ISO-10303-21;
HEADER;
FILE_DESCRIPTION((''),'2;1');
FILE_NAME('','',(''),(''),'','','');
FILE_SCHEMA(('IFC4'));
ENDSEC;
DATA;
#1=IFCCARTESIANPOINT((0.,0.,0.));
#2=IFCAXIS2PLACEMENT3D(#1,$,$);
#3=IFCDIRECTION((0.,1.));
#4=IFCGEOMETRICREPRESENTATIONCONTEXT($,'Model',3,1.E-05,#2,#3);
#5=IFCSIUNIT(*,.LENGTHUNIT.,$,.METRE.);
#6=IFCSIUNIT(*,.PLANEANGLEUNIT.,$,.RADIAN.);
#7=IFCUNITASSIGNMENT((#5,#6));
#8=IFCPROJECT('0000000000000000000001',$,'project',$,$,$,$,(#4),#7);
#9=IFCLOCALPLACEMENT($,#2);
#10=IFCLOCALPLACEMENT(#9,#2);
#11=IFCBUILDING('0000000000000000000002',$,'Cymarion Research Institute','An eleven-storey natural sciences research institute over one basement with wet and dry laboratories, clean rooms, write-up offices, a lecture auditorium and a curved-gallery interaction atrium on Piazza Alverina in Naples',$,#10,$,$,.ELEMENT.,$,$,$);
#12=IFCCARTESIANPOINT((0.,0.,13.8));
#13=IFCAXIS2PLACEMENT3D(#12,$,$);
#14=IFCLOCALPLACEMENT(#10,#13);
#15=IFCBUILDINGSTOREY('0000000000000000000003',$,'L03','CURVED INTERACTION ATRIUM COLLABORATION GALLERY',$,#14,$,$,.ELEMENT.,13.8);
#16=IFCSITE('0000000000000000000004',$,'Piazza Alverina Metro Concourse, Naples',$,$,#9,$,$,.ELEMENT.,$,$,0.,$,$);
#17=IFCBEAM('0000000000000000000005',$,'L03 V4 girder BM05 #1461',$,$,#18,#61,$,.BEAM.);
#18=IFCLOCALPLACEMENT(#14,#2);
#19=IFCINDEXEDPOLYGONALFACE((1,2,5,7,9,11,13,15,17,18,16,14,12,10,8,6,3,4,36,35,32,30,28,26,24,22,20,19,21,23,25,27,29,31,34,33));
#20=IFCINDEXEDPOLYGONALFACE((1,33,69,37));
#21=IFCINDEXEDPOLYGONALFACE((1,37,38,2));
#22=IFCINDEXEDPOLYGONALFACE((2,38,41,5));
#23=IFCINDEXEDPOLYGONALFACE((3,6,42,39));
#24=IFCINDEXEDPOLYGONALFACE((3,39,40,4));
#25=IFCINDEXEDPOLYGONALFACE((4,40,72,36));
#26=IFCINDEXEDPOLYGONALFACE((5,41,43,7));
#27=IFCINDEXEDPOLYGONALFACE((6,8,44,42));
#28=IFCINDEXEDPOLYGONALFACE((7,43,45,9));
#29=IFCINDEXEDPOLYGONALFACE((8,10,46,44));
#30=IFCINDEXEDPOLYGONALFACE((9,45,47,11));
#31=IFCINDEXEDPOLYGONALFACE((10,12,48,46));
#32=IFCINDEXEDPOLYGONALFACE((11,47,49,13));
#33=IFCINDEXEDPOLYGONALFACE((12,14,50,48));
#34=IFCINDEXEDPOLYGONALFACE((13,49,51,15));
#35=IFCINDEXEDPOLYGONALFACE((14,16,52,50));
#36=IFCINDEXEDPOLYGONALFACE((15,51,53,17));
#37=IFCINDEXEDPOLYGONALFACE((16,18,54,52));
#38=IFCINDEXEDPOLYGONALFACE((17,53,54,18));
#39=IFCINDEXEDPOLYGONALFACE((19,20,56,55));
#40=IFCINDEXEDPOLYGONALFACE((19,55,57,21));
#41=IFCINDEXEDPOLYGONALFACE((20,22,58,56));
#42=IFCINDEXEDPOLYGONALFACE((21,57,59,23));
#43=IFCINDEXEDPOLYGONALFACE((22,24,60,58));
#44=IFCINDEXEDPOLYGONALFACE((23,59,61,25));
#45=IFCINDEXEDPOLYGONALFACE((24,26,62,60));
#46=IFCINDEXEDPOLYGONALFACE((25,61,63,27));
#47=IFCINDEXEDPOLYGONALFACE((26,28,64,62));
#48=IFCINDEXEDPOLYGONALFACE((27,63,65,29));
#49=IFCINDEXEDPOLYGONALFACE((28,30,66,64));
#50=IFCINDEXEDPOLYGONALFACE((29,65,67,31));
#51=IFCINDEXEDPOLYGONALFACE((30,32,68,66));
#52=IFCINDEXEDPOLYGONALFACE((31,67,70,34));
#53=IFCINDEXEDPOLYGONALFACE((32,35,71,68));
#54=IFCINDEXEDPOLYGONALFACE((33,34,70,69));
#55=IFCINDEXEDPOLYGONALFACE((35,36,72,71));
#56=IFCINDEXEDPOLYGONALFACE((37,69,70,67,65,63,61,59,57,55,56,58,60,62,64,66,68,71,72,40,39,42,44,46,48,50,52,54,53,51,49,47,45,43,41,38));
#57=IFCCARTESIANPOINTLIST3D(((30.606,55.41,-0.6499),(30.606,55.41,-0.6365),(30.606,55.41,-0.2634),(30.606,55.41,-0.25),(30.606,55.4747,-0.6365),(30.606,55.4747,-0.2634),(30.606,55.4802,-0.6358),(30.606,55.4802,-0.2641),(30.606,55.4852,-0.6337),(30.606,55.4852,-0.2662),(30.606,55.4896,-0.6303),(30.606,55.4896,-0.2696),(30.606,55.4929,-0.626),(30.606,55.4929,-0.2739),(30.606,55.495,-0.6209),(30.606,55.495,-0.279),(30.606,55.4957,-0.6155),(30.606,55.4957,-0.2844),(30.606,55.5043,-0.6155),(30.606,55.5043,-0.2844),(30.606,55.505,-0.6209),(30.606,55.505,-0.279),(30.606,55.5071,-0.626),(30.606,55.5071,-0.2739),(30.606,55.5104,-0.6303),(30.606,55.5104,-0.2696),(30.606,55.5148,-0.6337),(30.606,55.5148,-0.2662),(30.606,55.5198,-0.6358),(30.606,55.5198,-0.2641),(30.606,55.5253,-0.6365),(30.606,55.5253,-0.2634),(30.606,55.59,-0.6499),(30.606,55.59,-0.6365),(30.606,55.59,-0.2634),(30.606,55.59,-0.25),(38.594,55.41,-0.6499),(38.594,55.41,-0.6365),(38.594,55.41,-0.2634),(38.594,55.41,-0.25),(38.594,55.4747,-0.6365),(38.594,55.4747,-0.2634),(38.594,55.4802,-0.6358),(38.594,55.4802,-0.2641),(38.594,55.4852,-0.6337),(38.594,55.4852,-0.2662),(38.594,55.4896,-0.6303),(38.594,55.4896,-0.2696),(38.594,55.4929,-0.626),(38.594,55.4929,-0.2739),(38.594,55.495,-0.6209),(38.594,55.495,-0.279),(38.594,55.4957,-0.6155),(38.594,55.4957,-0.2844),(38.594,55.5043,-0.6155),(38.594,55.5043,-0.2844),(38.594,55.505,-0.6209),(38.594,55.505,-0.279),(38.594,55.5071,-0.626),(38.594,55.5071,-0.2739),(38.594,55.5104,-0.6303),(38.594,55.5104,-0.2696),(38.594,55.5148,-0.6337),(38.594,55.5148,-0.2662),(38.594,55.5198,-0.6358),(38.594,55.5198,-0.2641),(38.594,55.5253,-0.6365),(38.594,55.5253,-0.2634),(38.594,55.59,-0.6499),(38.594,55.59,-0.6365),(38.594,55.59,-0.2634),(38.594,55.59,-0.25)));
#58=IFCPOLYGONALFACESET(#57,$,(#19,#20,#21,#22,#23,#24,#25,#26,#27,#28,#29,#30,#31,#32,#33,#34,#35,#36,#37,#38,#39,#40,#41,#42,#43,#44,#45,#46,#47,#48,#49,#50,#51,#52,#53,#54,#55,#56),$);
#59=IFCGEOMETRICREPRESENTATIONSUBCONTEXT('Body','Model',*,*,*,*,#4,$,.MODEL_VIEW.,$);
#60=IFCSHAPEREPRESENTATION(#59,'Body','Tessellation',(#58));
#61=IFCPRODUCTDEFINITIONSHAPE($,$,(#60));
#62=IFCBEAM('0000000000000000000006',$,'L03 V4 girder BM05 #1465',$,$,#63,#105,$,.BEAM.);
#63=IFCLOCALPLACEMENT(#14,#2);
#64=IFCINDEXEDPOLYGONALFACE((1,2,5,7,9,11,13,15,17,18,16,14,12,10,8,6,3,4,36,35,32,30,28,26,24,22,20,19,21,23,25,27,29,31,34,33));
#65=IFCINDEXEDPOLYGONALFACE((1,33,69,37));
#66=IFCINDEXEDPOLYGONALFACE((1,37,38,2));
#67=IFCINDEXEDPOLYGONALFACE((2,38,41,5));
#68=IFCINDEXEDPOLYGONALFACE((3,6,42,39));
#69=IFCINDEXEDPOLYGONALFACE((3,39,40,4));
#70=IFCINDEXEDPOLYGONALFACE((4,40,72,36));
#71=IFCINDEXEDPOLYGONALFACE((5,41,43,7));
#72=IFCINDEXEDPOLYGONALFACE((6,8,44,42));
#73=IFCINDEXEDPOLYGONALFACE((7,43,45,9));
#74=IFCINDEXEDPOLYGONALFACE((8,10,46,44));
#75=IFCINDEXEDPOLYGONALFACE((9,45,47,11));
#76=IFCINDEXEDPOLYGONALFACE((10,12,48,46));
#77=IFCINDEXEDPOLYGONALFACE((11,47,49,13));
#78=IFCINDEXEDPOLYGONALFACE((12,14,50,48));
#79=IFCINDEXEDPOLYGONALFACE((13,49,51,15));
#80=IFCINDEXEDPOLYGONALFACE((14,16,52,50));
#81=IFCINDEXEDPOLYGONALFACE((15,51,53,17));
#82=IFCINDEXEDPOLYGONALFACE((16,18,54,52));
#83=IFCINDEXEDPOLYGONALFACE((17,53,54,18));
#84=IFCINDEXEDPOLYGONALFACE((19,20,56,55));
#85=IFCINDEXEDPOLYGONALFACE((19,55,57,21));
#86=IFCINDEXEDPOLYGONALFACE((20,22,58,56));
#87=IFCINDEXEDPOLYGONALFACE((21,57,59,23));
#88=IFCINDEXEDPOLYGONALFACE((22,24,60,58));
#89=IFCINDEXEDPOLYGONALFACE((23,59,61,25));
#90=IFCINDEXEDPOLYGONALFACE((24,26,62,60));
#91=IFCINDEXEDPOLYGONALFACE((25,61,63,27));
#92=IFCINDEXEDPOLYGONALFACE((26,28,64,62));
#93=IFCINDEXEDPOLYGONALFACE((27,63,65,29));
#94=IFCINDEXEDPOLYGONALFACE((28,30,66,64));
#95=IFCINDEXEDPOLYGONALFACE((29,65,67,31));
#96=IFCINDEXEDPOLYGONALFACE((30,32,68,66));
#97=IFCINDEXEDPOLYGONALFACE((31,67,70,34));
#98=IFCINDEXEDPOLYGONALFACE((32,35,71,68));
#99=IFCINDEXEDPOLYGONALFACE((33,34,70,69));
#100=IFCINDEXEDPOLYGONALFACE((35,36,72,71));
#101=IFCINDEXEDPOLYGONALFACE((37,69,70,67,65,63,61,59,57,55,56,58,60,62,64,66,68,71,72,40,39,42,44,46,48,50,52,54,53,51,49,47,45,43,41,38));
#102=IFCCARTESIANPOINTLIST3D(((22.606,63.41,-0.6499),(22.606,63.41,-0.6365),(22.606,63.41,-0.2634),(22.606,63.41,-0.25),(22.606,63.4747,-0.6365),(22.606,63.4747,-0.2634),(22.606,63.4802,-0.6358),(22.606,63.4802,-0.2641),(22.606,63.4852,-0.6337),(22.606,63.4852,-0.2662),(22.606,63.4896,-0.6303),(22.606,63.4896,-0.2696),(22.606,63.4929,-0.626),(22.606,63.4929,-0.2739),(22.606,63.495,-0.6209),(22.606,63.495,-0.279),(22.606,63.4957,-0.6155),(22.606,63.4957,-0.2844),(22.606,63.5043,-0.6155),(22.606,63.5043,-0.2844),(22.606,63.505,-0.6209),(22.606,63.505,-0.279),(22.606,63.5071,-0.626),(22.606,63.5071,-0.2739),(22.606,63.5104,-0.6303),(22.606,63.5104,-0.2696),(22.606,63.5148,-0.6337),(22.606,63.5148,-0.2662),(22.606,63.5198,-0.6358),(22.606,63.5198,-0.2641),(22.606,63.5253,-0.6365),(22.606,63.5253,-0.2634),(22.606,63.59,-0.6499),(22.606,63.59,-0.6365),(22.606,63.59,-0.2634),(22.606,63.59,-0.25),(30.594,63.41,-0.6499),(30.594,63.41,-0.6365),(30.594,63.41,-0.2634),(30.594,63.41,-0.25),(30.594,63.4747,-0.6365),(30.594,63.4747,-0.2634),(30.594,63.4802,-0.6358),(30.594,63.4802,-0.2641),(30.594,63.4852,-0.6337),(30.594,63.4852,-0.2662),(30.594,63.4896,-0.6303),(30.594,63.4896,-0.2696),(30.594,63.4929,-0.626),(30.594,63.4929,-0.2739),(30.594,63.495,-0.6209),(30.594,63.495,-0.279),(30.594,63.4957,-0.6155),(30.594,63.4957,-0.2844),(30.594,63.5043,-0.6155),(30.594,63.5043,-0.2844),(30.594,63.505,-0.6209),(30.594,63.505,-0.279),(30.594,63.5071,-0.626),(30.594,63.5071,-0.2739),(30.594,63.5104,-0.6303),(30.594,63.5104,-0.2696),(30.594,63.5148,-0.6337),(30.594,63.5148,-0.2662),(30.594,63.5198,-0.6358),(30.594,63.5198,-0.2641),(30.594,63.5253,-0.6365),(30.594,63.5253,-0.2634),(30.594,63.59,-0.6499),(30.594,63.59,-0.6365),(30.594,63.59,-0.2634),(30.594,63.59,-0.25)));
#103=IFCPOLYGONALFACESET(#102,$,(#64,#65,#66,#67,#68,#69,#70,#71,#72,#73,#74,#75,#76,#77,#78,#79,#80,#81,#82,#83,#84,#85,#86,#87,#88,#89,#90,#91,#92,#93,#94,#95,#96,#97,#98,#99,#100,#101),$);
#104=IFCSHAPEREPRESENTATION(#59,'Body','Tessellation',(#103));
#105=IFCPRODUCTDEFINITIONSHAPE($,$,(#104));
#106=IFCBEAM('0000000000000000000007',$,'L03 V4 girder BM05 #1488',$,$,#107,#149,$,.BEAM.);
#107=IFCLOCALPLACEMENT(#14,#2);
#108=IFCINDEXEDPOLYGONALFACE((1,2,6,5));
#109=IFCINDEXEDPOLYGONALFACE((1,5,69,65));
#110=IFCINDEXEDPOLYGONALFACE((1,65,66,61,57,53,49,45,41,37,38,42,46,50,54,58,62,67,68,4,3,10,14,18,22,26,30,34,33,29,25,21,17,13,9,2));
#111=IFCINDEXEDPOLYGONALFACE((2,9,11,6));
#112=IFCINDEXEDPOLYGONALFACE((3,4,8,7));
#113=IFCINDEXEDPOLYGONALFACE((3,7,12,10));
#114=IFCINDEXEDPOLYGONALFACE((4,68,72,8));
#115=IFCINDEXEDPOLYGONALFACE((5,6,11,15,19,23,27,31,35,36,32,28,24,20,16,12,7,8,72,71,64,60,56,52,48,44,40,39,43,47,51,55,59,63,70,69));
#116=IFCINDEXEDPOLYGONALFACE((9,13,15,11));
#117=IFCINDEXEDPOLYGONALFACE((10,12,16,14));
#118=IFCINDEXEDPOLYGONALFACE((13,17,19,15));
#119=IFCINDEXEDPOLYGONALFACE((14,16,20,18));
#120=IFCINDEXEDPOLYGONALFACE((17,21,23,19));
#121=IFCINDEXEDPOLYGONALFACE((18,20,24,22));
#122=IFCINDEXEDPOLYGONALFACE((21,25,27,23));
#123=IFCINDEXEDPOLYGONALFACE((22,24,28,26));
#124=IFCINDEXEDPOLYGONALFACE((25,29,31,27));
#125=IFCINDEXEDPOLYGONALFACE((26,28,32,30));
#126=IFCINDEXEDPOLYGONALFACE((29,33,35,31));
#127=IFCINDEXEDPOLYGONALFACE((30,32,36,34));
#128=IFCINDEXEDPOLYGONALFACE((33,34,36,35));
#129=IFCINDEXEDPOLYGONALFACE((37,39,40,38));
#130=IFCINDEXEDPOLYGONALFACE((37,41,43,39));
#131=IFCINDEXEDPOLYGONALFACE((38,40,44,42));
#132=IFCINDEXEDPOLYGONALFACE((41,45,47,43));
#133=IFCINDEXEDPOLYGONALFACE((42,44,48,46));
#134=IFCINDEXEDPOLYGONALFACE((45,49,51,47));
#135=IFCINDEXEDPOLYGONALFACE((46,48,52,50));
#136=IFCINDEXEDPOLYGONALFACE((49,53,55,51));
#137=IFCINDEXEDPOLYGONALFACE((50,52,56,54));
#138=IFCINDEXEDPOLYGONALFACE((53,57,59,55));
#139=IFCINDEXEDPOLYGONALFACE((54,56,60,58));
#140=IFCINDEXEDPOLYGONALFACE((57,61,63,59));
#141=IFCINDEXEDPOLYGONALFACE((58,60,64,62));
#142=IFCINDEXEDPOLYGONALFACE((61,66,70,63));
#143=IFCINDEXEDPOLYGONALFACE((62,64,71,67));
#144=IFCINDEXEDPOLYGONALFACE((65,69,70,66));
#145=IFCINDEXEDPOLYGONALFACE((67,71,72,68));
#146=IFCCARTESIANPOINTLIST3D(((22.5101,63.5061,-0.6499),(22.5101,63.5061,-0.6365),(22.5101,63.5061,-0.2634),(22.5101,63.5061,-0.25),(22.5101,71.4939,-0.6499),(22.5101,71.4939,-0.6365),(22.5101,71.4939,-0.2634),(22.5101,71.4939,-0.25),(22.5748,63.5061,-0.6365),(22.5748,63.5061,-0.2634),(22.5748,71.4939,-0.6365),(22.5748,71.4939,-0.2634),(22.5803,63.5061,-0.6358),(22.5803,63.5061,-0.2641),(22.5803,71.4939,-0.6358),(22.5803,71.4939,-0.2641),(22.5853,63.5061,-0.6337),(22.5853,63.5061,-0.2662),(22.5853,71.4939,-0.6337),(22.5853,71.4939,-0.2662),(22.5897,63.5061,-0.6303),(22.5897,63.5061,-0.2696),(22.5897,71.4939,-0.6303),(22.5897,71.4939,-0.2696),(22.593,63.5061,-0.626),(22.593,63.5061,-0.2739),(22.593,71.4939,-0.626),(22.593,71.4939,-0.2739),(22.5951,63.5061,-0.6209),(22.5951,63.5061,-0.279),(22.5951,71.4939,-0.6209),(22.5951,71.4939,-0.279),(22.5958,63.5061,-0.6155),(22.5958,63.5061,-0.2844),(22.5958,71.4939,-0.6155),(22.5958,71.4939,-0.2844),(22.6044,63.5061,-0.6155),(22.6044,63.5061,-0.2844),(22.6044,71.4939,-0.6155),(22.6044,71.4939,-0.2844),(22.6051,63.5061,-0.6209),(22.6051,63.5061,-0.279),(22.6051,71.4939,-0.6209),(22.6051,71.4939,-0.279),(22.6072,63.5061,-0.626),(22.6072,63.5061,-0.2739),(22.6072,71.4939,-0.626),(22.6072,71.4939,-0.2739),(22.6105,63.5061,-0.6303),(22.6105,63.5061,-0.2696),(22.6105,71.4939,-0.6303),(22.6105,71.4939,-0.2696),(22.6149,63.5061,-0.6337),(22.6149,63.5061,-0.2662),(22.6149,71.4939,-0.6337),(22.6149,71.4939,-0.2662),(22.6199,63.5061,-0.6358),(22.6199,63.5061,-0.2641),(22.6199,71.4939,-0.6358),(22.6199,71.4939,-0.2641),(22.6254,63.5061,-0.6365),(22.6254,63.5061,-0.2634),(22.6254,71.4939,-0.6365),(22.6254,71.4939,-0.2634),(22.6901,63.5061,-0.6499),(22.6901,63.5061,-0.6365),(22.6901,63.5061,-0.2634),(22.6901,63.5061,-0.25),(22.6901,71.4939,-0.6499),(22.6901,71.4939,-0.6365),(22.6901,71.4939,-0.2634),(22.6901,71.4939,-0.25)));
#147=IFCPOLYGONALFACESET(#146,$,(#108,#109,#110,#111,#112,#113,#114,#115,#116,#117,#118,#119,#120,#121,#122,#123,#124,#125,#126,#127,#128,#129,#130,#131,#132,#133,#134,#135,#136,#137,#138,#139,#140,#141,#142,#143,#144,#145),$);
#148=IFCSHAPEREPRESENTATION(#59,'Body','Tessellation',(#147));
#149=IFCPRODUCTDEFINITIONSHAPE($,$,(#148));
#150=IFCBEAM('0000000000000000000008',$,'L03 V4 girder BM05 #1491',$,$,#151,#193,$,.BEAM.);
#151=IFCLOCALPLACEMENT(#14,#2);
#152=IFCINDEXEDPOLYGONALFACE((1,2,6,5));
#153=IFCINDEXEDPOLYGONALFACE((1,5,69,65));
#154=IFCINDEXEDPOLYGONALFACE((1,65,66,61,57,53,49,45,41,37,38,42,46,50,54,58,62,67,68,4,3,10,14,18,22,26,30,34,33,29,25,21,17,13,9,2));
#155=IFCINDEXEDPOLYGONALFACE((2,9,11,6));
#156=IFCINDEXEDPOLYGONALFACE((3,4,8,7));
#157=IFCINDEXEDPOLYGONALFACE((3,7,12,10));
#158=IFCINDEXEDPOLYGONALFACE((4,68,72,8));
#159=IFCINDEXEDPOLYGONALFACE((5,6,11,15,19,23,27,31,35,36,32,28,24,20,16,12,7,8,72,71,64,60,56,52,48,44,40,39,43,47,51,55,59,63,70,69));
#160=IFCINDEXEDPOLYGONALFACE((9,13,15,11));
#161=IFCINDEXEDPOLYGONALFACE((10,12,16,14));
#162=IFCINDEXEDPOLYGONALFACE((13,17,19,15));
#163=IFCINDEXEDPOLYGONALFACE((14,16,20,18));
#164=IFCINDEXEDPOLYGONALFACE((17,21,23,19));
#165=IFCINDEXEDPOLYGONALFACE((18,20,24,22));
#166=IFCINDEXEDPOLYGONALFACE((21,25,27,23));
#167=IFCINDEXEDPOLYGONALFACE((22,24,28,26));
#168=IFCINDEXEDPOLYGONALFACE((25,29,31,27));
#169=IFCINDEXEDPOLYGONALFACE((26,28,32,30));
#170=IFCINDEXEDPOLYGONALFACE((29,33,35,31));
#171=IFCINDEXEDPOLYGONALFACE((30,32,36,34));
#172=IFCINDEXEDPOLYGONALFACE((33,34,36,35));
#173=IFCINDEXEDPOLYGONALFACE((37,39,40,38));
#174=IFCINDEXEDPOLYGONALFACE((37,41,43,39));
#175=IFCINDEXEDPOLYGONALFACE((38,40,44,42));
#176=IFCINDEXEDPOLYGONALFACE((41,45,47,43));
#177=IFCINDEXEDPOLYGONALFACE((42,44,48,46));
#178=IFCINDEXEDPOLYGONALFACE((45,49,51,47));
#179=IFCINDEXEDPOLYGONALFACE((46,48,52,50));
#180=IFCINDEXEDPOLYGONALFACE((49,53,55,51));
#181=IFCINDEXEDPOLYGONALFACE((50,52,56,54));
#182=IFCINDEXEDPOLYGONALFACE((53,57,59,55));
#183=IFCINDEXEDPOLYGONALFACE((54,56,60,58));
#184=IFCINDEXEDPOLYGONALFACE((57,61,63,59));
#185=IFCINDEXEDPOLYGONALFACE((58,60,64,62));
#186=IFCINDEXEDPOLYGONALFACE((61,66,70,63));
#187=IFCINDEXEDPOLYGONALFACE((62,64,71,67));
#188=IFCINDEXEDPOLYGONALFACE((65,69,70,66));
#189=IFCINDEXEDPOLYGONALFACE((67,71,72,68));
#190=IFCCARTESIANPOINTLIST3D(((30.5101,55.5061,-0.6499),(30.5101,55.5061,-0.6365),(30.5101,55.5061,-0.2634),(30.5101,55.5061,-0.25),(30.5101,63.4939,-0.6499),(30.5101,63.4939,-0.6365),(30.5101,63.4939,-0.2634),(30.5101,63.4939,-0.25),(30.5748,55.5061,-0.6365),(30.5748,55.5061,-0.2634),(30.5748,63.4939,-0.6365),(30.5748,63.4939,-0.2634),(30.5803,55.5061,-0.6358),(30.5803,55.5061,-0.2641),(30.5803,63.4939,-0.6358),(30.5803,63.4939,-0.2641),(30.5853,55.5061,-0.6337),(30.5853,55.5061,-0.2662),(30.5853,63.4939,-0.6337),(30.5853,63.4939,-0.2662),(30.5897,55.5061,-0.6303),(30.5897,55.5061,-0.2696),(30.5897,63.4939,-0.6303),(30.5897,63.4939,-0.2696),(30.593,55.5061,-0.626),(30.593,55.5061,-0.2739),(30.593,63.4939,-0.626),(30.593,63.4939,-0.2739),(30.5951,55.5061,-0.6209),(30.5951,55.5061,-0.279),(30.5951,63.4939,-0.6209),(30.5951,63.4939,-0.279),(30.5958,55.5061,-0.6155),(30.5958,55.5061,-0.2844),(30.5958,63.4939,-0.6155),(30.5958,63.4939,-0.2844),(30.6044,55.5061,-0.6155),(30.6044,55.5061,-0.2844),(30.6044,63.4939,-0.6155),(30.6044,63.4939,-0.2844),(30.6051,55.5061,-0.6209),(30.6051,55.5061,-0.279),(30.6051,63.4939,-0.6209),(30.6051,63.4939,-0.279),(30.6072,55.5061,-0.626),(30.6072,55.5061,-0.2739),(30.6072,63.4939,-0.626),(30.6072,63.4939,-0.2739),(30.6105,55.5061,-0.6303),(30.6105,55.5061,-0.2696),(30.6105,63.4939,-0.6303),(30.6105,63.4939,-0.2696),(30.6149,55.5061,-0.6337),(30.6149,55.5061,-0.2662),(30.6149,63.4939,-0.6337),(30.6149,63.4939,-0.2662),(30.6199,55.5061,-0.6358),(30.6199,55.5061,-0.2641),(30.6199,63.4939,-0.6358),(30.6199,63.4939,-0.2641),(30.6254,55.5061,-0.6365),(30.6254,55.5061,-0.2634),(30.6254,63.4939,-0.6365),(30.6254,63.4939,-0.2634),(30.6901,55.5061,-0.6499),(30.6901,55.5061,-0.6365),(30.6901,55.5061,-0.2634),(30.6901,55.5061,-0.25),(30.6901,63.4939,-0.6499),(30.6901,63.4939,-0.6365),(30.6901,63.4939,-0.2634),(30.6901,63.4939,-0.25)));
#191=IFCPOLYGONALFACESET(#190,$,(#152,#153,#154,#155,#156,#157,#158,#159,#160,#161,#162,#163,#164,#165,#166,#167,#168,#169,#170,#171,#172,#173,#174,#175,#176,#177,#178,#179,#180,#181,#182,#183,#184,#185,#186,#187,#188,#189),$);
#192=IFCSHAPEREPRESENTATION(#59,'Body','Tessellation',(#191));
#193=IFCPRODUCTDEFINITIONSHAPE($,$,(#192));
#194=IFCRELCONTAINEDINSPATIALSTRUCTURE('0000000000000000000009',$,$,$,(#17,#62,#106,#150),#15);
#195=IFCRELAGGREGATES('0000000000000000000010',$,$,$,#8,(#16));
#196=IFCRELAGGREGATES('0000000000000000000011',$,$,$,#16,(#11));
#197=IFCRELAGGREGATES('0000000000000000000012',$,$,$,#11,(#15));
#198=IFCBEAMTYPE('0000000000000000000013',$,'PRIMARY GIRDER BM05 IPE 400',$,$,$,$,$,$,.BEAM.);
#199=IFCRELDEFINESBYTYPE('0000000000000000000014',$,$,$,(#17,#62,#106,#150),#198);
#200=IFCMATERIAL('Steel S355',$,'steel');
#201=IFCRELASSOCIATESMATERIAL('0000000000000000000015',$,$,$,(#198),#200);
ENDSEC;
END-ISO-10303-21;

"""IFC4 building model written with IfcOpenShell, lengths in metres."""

from ifc_helpers import new_model, si_unit, direction, frame, origin, origin_2d, place, context, subcontext, project, spatial, i_section, extrude, material, material_profile, profile_set, type_object, element, save


model = new_model("IFC4")

# Units and contexts
model_context = context("Model", 3, precision=1e-05, world=origin(), true_north=direction((0.0, 1.0)))
body_context = subcontext(model_context, "Body", "Model", "MODEL_VIEW")
ifc_project = project(units=[si_unit("LENGTHUNIT", "METRE"), si_unit("PLANEANGLEUNIT", "RADIAN")], contexts=[model_context])

# Site, building, storey
site_placement = place(None, origin())
site = spatial("IfcSite", under=ifc_project, at=site_placement, Name="Piazza Alverina Metro Concourse, Naples", CompositionType="ELEMENT", RefElevation=0.0)
building_placement = place(site_placement, origin())
building = spatial("IfcBuilding", under=site, at=building_placement, Name="Cymarion Research Institute", Description="An eleven-storey natural sciences research institute over one basement with wet and dry laboratories, clean rooms, write-up offices, a lecture auditorium and a curved-gallery interaction atrium on Piazza Alverina in Naples", CompositionType="ELEMENT")
storey_placement = place(building_placement, frame((0.0, 0.0, 13.8)))
storey = spatial("IfcBuildingStorey", under=building, at=storey_placement, Name="L03", Description="CURVED INTERACTION ATRIUM COLLABORATION GALLERY", CompositionType="ELEMENT", Elevation=13.8)

# Shared definitions
ifc_material_1 = material(Name="Steel S355", Category="steel")

# Beams
ifc_material_profile_1 = material_profile(ifc_material_1, i_section(OverallWidth=0.1799, OverallDepth=0.3999, WebThickness=0.0085, FlangeThickness=0.0134, FilletRadius=0.021, at=origin_2d()), Name="IPE 400")
ifc_profile_set_1 = profile_set([ifc_material_profile_1], Name="Steel S355")
beam_type_1 = type_object("IfcBeamType", Name="PRIMARY GIRDER BM05 IPE 400", PredefinedType="BEAM", material=ifc_profile_set_1)
for number, where, z_axis, x_axis, name in (
    (1, (30.606, 55.5, -0.45), (1.0, 0.0, 0.0), (0.0, 1.0, 0.0), "L03 V4 girder BM05 #1461"),
    (2, (22.606, 63.5, -0.45), (1.0, 0.0, 0.0), (0.0, 1.0, 0.0), "L03 V4 girder BM05 #1465"),
):
    element("IfcBeam", number, at=place(storey_placement, frame(where, z_axis=z_axis, x_axis=x_axis)), inside=storey, type_object=beam_type_1, Name=name, PredefinedType="BEAM", context=body_context, shape_type="SweptSolid", body=[
        extrude(i_section(OverallWidth=0.1799, OverallDepth=0.3999, WebThickness=0.0085, FlangeThickness=0.0134, FilletRadius=0.021, at=origin_2d()), origin(), (0.0, 0.0, 1.0), 7.988),
    ])
for number, where, z_axis, x_axis, name in (
    (3, (22.6001, 63.5061, -0.45), (0.0, 1.0, 0.0), (-1.0, 0.0, 0.0), "L03 V4 girder BM05 #1488"),
    (4, (30.6001, 55.5061, -0.45), (0.0, 1.0, 0.0), (-1.0, 0.0, 0.0), "L03 V4 girder BM05 #1491"),
):
    element("IfcBeam", number, at=place(storey_placement, frame(where, z_axis=z_axis, x_axis=x_axis)), inside=storey, type_object=beam_type_1, Name=name, PredefinedType="BEAM", context=body_context, shape_type="SweptSolid", body=[
        extrude(i_section(OverallWidth=0.1799, OverallDepth=0.3999, WebThickness=0.0085, FlangeThickness=0.0134, FilletRadius=0.021, at=origin_2d()), origin(), (0.0, 0.0, 1.0), 7.9878),
    ])

save(model, "model.ifc")
